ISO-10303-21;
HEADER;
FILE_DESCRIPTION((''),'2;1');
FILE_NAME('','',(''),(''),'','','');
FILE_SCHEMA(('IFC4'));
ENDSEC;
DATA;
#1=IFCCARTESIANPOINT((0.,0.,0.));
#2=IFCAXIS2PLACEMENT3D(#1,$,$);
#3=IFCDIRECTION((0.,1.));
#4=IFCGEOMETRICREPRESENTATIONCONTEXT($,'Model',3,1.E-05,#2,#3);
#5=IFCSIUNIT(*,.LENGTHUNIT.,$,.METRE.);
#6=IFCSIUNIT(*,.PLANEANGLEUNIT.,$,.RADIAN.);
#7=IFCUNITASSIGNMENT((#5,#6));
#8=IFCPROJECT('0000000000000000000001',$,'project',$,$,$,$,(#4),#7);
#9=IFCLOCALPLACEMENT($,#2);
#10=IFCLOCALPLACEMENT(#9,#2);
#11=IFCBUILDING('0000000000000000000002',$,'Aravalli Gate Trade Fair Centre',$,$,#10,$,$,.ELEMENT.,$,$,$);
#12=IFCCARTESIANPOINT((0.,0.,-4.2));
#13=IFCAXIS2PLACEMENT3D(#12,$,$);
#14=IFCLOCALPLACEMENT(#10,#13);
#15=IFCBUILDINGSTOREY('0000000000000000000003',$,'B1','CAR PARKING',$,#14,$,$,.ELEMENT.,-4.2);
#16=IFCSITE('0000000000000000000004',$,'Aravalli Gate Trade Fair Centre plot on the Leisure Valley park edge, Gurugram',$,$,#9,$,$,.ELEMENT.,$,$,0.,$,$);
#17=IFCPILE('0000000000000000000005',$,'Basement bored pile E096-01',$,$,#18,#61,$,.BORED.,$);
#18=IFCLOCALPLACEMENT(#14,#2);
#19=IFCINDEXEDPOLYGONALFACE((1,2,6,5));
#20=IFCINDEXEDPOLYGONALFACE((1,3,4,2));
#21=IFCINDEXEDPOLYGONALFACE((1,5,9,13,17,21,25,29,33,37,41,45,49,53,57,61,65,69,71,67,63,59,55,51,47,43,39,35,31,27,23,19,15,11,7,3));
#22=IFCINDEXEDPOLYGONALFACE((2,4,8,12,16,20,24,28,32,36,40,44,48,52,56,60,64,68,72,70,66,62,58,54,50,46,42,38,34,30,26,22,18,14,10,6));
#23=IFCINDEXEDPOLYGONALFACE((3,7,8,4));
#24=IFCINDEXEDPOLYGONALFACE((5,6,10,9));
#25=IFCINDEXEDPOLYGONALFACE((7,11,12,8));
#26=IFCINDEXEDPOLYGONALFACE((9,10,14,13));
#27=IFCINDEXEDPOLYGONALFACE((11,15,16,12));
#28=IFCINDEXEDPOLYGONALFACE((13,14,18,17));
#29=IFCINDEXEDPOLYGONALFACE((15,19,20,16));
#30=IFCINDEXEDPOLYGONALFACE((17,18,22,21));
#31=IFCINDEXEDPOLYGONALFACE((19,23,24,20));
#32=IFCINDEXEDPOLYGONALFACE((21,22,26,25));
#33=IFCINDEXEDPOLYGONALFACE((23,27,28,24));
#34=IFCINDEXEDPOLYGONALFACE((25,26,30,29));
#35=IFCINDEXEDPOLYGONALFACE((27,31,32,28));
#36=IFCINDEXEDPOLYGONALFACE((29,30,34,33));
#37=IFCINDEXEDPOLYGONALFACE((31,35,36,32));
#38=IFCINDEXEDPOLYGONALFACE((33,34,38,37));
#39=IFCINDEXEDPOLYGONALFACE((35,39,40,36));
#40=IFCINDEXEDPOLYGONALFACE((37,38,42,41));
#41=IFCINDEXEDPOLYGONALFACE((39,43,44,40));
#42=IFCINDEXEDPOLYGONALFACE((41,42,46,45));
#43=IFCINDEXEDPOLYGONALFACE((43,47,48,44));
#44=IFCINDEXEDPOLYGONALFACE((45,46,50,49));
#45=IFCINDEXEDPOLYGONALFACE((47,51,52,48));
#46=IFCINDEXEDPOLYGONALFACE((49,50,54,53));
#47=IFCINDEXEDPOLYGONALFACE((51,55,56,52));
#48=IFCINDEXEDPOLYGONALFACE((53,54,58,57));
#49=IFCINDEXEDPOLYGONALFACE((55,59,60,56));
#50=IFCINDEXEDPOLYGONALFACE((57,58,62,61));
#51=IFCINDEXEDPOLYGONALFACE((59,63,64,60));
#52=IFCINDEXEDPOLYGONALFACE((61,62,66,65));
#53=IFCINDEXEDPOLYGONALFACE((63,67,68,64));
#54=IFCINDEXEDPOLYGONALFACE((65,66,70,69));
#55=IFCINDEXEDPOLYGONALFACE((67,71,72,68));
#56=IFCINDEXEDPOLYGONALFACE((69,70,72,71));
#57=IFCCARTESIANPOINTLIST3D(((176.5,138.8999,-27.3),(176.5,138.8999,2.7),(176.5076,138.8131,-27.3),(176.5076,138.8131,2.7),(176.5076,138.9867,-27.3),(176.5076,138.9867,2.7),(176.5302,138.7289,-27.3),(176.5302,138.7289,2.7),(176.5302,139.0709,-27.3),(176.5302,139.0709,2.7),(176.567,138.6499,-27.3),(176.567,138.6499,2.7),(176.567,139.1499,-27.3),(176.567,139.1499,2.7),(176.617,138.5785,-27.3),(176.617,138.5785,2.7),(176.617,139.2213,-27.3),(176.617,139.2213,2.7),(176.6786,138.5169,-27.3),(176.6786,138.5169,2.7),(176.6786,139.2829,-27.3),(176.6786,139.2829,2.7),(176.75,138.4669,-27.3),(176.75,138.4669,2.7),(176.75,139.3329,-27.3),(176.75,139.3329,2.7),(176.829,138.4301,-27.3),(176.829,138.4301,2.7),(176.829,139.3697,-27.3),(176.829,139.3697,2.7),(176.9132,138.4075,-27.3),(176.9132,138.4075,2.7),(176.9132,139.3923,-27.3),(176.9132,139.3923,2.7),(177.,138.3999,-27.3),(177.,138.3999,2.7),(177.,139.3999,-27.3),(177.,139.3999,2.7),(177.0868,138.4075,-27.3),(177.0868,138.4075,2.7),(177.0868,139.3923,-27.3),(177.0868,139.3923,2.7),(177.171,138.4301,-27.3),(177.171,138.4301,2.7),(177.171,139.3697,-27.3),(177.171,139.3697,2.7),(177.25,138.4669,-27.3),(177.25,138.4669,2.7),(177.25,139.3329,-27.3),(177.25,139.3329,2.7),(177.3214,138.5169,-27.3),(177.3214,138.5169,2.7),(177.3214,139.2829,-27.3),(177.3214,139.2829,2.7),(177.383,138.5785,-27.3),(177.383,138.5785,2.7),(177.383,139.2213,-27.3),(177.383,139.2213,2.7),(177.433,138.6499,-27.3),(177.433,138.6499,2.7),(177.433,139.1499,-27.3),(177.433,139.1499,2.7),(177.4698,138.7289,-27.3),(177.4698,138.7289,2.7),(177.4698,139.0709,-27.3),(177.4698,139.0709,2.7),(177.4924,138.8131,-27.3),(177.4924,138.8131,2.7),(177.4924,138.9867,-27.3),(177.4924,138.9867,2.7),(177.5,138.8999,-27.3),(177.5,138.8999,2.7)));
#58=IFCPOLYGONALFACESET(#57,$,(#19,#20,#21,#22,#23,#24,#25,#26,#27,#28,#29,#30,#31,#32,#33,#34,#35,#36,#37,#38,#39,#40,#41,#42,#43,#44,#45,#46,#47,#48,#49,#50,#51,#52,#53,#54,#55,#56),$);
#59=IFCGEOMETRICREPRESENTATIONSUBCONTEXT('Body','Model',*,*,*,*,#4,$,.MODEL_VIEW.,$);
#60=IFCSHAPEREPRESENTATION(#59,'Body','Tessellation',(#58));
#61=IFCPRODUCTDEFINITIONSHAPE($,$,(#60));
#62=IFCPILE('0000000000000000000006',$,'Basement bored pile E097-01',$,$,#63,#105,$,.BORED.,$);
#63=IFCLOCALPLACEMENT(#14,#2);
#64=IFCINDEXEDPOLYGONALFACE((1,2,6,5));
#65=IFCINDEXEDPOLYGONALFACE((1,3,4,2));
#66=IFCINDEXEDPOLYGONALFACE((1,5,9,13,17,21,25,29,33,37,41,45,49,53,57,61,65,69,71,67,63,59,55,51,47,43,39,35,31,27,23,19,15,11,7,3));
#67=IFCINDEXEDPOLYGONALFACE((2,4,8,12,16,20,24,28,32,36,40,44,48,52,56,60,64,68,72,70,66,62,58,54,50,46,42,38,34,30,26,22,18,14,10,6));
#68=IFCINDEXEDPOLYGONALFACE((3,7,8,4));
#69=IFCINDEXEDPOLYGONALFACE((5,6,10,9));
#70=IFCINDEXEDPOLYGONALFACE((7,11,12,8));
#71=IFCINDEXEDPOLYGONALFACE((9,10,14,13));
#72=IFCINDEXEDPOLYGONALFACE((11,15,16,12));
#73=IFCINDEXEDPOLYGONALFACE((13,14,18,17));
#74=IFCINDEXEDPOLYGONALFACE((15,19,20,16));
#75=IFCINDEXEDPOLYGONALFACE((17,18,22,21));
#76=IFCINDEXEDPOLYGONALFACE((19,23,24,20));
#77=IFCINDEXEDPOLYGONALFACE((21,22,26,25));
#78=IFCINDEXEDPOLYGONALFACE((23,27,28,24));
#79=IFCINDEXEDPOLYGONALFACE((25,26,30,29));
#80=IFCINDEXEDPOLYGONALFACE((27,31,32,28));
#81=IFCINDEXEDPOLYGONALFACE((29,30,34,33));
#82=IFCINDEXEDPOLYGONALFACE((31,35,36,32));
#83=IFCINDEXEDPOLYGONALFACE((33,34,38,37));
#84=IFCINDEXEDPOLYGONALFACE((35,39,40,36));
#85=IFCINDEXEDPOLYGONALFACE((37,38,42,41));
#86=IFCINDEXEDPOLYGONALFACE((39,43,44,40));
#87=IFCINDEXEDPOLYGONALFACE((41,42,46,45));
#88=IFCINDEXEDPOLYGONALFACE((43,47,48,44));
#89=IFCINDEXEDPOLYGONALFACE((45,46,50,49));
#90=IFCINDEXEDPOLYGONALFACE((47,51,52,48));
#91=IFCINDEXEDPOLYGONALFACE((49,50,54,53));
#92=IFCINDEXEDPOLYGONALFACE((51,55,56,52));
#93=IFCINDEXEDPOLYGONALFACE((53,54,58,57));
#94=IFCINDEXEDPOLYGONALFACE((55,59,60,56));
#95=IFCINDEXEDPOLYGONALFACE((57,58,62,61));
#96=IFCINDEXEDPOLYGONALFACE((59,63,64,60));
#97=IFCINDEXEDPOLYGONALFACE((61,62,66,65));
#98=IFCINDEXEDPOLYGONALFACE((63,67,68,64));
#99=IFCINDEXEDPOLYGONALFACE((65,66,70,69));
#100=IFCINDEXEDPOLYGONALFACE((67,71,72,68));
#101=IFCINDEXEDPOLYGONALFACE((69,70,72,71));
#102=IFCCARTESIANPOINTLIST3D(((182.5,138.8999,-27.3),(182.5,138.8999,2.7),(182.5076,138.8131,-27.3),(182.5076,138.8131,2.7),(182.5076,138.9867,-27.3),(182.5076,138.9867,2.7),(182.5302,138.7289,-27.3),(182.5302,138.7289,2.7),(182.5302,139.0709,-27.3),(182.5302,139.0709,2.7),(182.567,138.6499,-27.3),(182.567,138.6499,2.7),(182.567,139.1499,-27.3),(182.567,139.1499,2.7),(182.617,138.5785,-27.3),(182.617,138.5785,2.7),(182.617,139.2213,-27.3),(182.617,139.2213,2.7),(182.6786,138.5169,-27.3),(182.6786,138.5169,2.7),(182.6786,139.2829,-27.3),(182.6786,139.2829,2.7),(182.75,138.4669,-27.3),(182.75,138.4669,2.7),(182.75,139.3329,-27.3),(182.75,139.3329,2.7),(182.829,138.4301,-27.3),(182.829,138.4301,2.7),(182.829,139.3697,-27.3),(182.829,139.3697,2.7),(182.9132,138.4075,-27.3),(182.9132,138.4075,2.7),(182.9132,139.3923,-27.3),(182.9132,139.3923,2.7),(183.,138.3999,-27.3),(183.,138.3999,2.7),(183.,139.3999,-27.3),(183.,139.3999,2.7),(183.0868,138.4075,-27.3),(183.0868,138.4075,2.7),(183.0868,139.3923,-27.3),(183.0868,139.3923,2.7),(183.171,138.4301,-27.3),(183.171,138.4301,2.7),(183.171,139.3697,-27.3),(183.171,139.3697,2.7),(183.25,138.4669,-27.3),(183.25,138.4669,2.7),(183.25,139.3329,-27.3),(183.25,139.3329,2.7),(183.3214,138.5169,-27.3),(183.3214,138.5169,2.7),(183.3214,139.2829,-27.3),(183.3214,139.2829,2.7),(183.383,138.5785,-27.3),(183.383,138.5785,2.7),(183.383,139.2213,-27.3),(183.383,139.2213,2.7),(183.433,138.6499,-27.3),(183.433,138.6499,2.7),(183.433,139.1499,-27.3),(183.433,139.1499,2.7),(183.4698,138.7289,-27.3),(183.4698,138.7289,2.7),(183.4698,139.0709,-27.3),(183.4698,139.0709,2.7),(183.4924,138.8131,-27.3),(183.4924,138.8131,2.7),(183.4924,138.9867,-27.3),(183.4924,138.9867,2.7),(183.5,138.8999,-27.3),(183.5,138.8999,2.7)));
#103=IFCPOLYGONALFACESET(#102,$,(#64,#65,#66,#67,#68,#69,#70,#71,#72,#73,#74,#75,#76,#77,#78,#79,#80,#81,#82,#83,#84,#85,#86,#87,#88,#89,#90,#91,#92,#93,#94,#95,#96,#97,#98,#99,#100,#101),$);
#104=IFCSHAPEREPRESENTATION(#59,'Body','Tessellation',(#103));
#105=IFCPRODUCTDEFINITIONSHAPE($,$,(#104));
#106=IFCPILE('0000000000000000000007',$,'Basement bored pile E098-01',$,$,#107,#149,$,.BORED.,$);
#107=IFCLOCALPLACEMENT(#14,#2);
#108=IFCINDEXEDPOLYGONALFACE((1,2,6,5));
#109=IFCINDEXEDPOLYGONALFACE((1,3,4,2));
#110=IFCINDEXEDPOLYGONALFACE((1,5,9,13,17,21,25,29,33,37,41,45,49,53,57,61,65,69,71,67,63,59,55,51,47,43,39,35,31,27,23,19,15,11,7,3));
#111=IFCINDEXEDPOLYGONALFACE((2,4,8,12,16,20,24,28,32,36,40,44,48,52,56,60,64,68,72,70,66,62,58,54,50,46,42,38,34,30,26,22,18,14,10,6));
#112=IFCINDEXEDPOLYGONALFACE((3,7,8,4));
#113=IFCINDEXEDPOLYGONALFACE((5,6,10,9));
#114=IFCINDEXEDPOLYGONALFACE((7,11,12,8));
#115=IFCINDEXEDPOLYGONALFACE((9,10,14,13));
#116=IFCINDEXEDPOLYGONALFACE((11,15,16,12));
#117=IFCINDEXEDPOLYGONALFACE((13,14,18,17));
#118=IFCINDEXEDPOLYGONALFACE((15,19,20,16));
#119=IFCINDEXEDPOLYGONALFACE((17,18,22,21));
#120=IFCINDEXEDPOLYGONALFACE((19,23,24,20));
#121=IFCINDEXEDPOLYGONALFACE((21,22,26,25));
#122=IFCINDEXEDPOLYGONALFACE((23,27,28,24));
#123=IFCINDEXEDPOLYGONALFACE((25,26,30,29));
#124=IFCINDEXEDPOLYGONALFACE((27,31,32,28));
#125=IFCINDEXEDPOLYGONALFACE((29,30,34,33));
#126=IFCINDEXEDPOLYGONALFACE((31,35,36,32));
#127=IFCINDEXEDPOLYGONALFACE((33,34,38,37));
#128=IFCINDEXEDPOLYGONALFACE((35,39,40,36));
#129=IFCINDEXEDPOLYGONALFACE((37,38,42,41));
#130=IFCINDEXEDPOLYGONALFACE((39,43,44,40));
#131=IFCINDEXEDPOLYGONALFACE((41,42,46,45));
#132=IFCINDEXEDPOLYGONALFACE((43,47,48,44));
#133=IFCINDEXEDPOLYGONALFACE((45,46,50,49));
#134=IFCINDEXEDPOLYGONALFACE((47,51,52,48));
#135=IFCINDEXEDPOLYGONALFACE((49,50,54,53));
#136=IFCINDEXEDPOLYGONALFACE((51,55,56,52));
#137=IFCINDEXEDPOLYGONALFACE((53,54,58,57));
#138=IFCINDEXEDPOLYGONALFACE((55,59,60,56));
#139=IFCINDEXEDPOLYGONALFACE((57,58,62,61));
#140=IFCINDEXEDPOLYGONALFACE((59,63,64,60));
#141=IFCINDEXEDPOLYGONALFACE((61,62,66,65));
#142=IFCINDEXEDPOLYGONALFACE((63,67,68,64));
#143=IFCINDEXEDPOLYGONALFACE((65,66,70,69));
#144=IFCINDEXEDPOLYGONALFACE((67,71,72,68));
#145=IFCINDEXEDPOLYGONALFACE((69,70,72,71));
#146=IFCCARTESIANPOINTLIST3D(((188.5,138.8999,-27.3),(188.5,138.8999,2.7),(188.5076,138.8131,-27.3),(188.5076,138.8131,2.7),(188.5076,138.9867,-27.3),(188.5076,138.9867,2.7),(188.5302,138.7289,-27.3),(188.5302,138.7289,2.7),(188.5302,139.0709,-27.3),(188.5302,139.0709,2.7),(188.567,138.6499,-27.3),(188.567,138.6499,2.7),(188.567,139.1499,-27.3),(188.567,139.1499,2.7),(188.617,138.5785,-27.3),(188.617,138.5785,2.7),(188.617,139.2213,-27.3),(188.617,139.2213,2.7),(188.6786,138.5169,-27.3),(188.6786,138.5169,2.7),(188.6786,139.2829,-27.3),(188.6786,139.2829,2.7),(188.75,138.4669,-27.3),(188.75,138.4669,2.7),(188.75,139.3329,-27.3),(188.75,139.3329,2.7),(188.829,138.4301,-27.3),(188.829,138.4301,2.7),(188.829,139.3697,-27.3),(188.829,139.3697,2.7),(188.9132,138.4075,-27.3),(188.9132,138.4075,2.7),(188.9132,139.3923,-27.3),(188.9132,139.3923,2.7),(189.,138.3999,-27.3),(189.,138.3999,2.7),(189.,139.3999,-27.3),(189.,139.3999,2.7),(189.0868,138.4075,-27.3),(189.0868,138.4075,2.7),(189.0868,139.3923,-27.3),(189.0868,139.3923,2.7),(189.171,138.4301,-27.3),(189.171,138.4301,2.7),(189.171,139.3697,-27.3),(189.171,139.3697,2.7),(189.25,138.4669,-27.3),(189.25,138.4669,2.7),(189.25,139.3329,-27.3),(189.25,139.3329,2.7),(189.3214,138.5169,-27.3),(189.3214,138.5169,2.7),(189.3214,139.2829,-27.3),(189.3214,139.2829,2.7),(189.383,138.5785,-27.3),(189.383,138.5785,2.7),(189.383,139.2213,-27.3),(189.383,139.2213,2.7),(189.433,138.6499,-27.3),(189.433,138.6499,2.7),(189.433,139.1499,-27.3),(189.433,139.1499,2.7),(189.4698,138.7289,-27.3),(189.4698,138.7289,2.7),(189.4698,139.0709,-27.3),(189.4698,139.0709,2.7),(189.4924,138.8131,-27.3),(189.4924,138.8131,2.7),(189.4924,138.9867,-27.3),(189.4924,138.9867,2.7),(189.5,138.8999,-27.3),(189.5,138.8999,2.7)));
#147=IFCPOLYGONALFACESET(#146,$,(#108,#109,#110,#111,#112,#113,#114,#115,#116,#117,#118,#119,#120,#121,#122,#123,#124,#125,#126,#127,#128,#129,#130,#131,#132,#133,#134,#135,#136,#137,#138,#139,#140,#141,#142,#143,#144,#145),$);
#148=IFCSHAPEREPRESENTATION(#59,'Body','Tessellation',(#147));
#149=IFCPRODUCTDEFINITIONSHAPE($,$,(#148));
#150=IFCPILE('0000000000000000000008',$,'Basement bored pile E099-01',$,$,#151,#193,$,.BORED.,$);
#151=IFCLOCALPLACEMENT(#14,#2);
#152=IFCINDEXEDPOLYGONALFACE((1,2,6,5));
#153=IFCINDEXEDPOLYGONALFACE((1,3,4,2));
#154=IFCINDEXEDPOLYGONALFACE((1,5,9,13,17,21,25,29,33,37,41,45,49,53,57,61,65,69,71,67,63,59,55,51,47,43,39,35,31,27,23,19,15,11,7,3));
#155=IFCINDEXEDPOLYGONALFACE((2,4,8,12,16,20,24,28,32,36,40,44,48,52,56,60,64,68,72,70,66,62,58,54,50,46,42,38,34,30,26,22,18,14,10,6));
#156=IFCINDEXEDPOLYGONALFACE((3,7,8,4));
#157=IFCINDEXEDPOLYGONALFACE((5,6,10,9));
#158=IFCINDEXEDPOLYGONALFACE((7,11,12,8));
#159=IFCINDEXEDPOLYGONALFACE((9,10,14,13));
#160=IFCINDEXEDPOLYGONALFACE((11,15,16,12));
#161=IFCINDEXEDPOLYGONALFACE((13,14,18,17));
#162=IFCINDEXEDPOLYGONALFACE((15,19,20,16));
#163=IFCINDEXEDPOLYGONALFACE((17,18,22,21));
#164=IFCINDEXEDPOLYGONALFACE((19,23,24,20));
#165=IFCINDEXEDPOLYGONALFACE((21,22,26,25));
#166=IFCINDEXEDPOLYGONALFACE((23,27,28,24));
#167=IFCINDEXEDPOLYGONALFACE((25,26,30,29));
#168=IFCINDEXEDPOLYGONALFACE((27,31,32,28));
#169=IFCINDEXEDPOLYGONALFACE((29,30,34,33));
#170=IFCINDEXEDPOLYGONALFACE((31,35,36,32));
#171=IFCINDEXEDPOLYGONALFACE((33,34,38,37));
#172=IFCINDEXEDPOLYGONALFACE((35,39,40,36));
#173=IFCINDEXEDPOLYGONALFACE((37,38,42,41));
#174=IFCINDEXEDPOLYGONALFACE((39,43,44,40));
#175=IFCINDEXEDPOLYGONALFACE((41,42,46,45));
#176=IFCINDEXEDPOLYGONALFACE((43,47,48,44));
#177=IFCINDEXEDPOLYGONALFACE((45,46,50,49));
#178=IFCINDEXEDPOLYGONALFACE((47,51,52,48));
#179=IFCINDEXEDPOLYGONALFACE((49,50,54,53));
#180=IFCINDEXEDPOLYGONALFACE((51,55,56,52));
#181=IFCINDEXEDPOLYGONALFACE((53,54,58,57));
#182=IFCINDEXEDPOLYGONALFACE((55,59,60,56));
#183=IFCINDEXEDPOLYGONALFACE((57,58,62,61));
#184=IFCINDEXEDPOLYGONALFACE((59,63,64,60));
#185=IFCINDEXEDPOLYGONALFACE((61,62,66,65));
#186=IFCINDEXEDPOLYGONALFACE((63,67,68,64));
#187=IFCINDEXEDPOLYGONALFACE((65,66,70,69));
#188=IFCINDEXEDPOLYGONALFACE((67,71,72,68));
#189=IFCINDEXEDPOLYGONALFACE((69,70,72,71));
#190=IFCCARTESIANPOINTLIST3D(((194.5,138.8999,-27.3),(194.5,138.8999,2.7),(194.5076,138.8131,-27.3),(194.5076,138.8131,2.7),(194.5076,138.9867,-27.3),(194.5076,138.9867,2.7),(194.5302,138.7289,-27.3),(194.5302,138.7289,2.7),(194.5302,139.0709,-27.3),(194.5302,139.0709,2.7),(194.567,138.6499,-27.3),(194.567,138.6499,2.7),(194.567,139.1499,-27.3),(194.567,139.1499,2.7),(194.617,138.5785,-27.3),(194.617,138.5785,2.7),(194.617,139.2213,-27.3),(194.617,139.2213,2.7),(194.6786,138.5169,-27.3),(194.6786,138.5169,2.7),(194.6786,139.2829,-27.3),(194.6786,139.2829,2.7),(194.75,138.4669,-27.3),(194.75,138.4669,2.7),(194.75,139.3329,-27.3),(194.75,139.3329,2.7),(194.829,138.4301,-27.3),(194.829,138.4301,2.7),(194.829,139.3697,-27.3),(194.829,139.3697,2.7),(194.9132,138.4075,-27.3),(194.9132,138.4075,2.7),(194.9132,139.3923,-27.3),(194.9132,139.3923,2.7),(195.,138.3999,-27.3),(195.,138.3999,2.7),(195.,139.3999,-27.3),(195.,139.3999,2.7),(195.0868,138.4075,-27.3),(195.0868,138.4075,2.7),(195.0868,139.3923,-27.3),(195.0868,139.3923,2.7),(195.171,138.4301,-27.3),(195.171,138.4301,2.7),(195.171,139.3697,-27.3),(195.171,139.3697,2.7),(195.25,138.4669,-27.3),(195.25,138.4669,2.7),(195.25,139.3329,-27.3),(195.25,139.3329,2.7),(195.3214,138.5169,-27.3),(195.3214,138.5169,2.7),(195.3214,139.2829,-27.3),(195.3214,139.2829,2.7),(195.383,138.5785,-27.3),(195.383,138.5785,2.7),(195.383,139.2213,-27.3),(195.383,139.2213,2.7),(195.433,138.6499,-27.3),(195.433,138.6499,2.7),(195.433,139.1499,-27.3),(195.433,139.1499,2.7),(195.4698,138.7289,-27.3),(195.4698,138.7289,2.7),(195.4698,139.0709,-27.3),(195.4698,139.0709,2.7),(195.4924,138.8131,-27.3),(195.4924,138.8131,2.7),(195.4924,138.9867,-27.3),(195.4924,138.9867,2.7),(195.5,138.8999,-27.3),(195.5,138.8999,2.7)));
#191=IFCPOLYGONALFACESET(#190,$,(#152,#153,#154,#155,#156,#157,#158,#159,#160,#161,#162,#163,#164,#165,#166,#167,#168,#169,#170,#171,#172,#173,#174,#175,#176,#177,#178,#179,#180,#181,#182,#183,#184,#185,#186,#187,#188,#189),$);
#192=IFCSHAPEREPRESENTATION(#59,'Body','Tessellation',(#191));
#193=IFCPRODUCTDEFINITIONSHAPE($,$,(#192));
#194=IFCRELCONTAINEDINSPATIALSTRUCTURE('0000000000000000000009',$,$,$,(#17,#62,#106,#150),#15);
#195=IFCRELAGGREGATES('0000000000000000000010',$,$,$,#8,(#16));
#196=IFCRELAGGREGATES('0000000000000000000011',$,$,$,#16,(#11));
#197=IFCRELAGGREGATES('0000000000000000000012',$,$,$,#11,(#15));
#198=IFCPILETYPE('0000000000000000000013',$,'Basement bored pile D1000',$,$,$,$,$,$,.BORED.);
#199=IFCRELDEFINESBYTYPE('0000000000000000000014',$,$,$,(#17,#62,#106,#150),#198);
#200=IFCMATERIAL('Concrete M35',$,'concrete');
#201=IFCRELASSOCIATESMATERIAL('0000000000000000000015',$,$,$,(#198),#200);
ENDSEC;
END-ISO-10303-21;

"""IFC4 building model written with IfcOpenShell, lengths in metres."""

from ifc_helpers import new_model, si_unit, direction, frame, origin, origin_2d, place, context, subcontext, project, spatial, circle, extrude, material, material_profile, profile_set, type_object, element, save


model = new_model("IFC4")

# Units and contexts
model_context = context("Model", 3, precision=1e-05, world=origin(), true_north=direction((0.0, 1.0)))
body_context = subcontext(model_context, "Body", "Model", "MODEL_VIEW")
ifc_project = project(units=[si_unit("LENGTHUNIT", "METRE"), si_unit("PLANEANGLEUNIT", "RADIAN")], contexts=[model_context])

# Site, building, storey
site_placement = place(None, origin())
site = spatial("IfcSite", under=ifc_project, at=site_placement, Name="Aravalli Gate Trade Fair Centre plot on the Leisure Valley park edge, Gurugram", CompositionType="ELEMENT", RefElevation=0.0)
building_placement = place(site_placement, origin())
building = spatial("IfcBuilding", under=site, at=building_placement, Name="Aravalli Gate Trade Fair Centre", CompositionType="ELEMENT")
storey_placement = place(building_placement, frame((0.0, 0.0, -4.2)))
storey = spatial("IfcBuildingStorey", under=building, at=storey_placement, Name="B1", Description="CAR PARKING", CompositionType="ELEMENT", Elevation=-4.2)

# Piles
ifc_material_1 = material(Name="Concrete M35", Category="concrete")
ifc_material_profile_1 = material_profile(ifc_material_1, circle(Radius=0.5, at=origin_2d()), Name="D1000")
ifc_profile_set_1 = profile_set([ifc_material_profile_1], Name="Concrete M35")
pile_type = type_object("IfcPileType", Name="Basement bored pile D1000", PredefinedType="BORED", material=ifc_profile_set_1)
for number, where, z_axis, x_axis, name in (
    (1, (177.0, 138.8999, 2.7), (0.0, 0.0, -1.0), (1.0, 0.0, 0.0), "Basement bored pile E096-01"),
    (2, (183.0, 138.8999, 2.7), (0.0, 0.0, -1.0), (1.0, 0.0, 0.0), "Basement bored pile E097-01"),
    (3, (189.0, 138.8999, 2.7), (0.0, 0.0, -1.0), (1.0, 0.0, 0.0), "Basement bored pile E098-01"),
    (4, (195.0, 138.8999, 2.7), (0.0, 0.0, -1.0), (1.0, 0.0, 0.0), "Basement bored pile E099-01"),
):
    element("IfcPile", number, at=place(storey_placement, frame(where, z_axis=z_axis, x_axis=x_axis)), inside=storey, type_object=pile_type, Name=name, PredefinedType="BORED", context=body_context, shape_type="SweptSolid", body=[
        extrude(circle(Radius=0.5, at=origin_2d()), origin(), (0.0, 0.0, 1.0), 30.0),
    ])

save(model, "model.ifc")
